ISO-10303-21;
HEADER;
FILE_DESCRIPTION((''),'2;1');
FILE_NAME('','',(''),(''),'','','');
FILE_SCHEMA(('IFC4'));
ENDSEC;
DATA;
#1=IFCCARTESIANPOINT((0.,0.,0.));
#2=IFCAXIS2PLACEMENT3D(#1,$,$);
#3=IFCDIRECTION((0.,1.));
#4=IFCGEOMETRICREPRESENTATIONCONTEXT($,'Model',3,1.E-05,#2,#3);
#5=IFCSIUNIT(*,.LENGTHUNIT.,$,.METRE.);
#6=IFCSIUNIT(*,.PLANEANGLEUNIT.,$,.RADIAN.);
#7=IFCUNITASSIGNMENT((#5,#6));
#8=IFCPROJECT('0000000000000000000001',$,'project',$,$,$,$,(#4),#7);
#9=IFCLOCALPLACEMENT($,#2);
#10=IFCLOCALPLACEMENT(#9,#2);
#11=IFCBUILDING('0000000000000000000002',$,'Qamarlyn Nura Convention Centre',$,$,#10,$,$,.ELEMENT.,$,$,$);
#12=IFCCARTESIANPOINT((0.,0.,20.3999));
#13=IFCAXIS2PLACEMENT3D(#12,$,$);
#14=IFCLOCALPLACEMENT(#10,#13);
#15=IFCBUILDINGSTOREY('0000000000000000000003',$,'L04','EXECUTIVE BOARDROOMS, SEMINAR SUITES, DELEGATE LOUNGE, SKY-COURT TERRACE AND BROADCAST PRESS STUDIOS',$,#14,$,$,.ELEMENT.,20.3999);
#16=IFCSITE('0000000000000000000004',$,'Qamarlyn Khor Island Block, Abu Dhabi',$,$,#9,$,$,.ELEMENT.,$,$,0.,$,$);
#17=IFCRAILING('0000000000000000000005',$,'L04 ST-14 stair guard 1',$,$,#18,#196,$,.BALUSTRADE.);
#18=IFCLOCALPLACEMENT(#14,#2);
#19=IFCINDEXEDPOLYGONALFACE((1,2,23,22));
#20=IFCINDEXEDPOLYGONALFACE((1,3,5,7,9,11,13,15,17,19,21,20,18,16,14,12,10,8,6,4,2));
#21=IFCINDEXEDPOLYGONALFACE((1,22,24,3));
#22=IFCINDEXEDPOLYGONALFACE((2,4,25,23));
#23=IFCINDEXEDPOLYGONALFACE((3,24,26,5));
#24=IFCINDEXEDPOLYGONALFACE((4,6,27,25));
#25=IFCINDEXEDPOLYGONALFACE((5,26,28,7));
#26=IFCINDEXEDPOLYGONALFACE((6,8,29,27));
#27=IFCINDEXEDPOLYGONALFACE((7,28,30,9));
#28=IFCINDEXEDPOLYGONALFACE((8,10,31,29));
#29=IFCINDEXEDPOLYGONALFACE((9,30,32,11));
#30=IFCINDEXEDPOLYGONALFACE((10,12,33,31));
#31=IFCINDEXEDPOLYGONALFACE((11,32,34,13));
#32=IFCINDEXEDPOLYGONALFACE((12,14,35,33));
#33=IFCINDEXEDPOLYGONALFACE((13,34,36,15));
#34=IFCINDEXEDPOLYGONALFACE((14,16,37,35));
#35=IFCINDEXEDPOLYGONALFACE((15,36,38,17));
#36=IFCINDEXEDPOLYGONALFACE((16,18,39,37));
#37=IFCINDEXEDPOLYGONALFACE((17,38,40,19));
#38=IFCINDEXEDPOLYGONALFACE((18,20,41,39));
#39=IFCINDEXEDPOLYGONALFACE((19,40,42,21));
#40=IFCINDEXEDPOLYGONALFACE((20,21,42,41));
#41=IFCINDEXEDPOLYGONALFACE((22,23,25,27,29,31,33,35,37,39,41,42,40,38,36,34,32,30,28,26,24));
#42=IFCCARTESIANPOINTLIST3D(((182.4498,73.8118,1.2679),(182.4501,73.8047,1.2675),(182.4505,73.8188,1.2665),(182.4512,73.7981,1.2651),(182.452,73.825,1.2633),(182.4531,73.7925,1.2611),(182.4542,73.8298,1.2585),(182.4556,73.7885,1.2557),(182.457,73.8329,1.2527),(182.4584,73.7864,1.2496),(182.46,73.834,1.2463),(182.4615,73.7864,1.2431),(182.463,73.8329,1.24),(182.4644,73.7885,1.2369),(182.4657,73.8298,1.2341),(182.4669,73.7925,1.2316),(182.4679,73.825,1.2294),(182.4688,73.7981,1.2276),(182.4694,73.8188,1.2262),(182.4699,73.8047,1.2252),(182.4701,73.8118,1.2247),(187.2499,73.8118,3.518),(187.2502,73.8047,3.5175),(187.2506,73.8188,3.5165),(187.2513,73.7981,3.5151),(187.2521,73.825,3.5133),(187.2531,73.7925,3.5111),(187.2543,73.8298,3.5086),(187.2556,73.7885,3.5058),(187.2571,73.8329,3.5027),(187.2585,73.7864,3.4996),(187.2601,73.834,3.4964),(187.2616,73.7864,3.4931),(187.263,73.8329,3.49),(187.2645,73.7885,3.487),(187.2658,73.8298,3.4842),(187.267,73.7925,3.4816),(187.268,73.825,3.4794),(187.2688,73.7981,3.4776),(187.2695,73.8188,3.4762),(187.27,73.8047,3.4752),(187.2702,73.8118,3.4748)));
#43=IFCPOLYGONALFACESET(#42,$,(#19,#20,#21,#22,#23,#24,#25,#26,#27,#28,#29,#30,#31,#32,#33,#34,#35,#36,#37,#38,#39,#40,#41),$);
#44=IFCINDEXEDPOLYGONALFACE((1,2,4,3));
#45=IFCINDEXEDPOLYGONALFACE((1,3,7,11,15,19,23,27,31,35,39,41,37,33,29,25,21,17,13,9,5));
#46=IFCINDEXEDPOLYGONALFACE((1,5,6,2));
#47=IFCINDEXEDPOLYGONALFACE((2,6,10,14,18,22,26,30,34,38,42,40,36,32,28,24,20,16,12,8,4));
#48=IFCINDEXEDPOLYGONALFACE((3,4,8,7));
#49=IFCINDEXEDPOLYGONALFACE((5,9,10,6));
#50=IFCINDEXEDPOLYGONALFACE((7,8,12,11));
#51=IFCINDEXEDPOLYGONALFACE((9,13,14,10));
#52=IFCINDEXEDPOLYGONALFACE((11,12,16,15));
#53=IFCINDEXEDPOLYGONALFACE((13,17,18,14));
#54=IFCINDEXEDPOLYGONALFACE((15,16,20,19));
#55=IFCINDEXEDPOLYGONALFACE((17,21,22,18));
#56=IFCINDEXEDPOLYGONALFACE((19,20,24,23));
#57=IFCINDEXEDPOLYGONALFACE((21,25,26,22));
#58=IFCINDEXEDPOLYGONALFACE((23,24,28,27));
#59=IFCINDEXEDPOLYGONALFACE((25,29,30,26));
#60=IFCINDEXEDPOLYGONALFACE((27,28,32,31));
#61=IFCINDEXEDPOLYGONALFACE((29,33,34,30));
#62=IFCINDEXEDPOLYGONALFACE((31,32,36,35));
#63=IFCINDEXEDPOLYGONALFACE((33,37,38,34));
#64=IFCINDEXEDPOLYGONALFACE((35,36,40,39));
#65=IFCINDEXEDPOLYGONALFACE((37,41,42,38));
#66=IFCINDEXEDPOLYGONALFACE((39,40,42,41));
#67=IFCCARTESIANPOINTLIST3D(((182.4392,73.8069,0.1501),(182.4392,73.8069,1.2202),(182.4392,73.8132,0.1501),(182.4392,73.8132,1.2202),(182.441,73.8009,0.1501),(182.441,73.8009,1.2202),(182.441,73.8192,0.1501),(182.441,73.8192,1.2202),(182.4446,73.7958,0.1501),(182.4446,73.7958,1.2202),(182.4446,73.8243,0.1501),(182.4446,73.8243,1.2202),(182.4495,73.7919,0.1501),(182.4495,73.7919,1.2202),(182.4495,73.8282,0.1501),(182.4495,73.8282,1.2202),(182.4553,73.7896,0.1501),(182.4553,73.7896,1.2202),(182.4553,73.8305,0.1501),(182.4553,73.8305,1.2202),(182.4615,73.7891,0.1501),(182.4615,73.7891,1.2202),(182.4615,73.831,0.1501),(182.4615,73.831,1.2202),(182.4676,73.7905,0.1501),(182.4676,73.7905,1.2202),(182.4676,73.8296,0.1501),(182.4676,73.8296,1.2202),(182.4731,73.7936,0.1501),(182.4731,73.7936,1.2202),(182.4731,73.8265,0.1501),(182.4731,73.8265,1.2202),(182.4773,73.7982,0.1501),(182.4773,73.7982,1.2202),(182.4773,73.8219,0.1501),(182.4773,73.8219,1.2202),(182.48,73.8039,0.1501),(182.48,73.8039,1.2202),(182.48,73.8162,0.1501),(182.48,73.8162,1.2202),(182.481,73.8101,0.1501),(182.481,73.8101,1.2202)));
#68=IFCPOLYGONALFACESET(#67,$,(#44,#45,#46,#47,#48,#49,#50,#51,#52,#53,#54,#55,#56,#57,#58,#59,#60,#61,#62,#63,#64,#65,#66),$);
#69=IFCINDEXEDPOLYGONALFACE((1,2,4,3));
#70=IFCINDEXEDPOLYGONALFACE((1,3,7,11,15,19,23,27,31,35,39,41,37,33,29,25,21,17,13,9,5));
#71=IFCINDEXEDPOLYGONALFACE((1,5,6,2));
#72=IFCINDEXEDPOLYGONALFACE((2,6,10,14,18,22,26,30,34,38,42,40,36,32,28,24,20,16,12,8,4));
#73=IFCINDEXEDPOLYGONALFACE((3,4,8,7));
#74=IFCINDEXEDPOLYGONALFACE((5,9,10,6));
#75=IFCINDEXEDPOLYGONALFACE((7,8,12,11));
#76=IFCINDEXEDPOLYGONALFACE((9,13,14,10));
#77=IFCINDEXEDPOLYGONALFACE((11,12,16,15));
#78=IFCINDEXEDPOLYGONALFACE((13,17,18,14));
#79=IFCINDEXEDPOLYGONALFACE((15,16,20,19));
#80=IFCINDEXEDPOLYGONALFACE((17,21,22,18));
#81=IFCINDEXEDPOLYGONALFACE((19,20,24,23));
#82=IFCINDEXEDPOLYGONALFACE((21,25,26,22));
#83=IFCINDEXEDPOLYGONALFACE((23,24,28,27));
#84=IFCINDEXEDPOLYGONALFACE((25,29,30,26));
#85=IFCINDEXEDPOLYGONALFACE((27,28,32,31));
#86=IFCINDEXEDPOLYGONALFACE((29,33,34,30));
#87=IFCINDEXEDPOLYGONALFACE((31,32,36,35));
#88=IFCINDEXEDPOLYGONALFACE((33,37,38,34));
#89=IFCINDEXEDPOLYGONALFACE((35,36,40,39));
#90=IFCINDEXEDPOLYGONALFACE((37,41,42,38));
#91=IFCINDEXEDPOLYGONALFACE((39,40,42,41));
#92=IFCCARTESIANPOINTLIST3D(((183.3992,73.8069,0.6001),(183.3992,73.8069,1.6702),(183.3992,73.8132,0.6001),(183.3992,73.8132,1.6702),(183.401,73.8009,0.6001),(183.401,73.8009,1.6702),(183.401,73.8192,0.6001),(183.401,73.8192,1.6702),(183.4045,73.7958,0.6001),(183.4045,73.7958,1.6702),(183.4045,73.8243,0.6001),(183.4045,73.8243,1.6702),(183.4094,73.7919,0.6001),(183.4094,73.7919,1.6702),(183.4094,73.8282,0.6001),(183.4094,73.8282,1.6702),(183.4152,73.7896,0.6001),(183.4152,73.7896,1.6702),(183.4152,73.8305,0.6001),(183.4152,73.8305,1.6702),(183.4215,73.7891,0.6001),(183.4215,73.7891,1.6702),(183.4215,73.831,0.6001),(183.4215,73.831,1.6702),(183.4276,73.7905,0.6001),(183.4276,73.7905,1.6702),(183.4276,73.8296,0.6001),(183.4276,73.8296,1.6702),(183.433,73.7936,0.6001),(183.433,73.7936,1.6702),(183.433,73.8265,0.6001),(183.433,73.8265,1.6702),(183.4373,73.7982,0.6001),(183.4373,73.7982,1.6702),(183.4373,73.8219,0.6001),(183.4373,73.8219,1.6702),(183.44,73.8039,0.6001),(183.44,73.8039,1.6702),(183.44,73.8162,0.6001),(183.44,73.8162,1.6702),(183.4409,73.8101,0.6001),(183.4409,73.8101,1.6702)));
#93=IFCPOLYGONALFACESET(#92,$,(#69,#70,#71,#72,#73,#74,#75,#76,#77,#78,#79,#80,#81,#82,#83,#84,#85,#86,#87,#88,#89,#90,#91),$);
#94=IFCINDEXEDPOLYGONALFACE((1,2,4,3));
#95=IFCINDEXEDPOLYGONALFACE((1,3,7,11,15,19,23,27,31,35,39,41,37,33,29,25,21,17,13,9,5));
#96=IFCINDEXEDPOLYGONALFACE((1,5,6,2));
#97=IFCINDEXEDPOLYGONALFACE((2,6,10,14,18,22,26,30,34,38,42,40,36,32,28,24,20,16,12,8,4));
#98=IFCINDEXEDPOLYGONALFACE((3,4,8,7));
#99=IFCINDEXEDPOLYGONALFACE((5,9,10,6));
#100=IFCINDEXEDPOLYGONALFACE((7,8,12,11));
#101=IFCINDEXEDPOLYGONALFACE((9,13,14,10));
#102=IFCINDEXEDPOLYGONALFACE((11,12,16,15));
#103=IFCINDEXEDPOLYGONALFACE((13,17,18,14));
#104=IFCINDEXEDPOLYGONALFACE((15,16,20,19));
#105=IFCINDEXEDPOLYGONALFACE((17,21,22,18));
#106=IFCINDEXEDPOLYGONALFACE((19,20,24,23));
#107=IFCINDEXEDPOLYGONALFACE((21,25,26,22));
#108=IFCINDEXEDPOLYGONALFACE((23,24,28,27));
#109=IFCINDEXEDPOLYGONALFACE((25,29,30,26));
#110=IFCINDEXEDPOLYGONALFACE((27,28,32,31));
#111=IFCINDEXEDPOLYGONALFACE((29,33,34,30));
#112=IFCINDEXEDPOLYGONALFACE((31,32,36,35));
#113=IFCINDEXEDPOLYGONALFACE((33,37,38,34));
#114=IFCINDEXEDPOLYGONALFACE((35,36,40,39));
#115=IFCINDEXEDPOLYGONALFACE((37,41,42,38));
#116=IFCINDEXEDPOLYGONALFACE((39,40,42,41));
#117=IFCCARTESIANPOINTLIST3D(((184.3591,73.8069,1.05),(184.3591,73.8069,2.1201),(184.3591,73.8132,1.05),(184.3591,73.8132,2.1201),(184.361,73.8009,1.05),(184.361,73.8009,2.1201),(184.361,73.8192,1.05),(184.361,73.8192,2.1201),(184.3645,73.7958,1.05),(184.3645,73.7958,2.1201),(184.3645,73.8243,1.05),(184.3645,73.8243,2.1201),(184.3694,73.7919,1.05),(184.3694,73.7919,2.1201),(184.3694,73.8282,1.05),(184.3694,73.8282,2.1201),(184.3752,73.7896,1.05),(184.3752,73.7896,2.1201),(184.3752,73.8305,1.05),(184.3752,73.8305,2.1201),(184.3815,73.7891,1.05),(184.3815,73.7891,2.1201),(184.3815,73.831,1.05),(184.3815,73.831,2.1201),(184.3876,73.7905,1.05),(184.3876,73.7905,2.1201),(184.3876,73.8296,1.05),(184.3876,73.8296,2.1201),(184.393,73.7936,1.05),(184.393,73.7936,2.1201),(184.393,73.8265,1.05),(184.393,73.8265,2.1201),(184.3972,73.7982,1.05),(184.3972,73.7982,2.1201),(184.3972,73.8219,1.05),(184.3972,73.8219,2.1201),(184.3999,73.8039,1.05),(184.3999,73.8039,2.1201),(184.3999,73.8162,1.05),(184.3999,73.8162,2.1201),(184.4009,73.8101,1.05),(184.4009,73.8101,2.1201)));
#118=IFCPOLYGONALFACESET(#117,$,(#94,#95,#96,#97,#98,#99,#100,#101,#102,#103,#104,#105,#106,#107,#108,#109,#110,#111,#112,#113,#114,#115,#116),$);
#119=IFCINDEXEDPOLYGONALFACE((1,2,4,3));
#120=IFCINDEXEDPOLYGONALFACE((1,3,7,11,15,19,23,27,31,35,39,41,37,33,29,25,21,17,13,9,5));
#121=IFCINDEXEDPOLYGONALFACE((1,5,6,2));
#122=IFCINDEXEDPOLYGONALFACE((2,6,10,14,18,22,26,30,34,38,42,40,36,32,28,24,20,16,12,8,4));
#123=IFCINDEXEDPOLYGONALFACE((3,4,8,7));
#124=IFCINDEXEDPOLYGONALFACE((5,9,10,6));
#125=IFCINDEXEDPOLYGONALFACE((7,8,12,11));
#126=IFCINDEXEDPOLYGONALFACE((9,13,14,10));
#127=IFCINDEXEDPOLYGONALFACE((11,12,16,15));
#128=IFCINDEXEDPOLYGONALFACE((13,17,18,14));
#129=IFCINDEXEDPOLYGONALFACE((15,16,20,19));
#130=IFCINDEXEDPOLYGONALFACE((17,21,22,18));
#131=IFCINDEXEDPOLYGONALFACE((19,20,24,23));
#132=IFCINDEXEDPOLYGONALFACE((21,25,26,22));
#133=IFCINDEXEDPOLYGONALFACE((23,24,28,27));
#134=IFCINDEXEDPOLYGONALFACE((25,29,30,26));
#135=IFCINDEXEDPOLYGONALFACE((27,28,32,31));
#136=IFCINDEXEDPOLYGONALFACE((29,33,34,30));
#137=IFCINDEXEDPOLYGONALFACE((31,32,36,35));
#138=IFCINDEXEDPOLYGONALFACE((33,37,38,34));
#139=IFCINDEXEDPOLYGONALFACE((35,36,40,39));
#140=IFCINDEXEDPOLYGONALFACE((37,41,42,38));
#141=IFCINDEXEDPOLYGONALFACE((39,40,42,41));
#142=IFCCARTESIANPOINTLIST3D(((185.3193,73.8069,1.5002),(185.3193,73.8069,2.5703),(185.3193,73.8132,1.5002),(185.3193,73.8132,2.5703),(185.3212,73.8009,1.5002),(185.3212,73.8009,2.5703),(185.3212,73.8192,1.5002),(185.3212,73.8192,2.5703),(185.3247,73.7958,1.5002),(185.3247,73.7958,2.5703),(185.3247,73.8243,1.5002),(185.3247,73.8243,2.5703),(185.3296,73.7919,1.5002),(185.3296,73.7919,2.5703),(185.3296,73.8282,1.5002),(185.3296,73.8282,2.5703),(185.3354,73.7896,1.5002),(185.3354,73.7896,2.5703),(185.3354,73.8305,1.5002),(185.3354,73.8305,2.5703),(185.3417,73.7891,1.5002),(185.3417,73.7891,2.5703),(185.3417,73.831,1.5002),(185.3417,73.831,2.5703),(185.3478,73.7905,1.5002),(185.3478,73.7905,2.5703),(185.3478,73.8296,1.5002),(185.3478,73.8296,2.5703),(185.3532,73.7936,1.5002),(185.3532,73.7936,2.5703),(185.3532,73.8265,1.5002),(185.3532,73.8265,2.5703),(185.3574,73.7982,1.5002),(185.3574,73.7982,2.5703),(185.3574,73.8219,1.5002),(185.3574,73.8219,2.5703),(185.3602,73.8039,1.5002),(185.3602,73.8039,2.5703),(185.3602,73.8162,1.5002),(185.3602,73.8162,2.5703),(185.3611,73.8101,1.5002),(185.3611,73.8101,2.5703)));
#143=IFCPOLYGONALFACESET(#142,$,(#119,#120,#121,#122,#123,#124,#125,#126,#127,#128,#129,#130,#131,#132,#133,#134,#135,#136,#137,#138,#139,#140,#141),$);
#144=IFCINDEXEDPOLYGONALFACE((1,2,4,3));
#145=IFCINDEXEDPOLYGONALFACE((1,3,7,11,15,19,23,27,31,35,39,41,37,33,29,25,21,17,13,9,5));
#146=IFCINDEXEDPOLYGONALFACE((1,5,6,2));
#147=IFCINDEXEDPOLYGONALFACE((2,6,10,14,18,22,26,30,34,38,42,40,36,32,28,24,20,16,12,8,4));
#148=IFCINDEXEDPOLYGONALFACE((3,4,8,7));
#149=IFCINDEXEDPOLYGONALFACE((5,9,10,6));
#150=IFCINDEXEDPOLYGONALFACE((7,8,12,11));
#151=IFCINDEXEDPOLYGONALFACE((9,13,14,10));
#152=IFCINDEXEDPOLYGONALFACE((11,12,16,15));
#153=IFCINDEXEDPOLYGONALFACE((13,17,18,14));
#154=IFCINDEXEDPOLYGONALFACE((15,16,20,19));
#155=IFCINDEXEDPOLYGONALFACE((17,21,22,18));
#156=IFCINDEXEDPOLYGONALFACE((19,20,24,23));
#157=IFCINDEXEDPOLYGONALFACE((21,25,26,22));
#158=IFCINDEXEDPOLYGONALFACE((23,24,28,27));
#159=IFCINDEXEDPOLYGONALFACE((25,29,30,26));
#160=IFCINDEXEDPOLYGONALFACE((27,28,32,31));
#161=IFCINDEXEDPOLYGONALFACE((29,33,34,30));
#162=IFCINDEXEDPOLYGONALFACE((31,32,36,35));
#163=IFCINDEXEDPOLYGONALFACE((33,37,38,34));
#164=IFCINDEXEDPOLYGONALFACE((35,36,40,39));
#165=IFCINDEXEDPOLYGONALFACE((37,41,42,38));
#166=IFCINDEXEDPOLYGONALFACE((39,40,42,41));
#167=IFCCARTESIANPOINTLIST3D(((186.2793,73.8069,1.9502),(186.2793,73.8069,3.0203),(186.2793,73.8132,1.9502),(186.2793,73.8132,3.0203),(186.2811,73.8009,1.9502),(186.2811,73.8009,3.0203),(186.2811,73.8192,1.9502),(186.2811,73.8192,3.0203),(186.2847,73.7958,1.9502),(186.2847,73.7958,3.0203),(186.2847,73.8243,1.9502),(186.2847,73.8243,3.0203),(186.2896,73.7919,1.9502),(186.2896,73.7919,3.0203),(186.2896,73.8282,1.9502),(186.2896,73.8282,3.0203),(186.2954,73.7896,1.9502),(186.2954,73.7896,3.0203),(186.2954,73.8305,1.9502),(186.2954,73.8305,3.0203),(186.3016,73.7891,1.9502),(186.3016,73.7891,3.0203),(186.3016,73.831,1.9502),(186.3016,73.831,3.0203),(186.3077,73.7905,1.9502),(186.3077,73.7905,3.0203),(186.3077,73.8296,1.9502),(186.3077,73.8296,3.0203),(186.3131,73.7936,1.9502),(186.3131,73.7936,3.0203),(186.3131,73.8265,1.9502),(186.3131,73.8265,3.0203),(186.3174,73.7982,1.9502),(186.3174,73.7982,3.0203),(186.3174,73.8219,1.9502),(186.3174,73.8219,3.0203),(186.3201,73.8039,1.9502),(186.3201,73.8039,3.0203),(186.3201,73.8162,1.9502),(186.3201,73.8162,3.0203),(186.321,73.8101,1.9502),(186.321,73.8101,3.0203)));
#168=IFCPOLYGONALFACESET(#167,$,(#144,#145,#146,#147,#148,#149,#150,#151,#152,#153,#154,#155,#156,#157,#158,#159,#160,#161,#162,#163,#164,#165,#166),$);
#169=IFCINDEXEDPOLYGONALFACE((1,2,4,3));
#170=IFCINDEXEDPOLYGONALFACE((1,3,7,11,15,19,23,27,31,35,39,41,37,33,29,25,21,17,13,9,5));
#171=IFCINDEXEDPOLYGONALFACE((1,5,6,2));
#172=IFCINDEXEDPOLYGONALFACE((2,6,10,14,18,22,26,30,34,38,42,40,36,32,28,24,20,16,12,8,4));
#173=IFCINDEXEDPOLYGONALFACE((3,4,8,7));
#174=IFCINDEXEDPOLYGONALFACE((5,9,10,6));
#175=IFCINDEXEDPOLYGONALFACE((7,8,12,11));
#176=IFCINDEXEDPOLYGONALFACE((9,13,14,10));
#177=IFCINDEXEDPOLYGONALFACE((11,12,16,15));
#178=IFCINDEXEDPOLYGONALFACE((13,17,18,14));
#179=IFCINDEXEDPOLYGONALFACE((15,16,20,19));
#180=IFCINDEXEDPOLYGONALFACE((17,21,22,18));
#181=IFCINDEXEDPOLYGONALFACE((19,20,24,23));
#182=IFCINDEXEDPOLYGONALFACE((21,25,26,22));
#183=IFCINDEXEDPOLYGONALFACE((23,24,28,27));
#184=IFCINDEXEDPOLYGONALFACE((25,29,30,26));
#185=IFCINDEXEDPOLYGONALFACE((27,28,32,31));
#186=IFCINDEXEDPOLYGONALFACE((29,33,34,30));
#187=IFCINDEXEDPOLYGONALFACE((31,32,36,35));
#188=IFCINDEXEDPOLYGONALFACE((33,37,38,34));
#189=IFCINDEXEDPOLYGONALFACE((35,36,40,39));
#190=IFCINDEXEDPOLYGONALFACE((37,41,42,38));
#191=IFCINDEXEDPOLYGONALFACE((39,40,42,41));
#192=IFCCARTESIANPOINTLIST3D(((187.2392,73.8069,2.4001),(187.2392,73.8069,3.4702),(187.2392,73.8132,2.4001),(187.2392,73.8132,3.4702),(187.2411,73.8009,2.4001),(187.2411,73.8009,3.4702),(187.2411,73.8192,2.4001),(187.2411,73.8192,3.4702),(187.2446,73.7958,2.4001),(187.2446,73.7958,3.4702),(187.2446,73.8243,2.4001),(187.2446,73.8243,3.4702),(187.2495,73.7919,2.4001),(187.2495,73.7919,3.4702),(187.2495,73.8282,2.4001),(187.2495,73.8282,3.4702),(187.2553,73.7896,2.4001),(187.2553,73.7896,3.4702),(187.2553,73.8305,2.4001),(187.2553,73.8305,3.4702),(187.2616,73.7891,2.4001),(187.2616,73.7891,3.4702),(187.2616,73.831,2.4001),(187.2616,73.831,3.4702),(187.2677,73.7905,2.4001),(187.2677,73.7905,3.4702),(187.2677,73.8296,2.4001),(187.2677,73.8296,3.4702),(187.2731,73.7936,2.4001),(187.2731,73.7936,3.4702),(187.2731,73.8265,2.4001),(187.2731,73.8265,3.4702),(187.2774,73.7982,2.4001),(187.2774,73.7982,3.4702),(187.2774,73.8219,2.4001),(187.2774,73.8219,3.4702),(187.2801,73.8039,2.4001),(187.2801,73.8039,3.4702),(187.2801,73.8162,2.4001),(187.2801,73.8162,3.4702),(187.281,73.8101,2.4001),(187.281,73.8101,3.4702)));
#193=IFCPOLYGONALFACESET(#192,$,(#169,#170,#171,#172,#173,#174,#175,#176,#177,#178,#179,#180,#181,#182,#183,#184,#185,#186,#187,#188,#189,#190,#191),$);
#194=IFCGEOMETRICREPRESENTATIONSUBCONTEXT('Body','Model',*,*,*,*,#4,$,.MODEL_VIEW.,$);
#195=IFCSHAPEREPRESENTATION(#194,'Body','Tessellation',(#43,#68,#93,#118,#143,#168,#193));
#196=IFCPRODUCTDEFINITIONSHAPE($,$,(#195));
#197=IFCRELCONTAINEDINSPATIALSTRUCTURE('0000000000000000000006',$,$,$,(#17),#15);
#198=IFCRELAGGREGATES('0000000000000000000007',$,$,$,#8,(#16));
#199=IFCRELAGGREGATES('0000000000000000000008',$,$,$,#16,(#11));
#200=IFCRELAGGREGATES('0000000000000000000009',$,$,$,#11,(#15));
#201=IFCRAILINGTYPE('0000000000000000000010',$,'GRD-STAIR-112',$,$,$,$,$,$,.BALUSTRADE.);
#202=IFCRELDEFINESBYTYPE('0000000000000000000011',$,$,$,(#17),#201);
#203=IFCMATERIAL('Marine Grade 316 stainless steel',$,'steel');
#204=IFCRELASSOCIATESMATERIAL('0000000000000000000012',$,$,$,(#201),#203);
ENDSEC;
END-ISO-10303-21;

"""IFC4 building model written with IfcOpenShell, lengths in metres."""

from ifc_helpers import new_model, si_unit, direction, frame, origin, origin_2d, place, context, subcontext, project, spatial, circle, extrude, material, type_object, element, save


model = new_model("IFC4")

# Units and contexts
model_context = context("Model", 3, precision=1e-05, world=origin(), true_north=direction((0.0, 1.0)))
body_context = subcontext(model_context, "Body", "Model", "MODEL_VIEW")
ifc_project = project(units=[si_unit("LENGTHUNIT", "METRE"), si_unit("PLANEANGLEUNIT", "RADIAN")], contexts=[model_context])

# Site, building, storey
site_placement = place(None, origin())
site = spatial("IfcSite", under=ifc_project, at=site_placement, Name="Qamarlyn Khor Island Block, Abu Dhabi", CompositionType="ELEMENT", RefElevation=0.0)
building_placement = place(site_placement, origin())
building = spatial("IfcBuilding", under=site, at=building_placement, Name="Qamarlyn Nura Convention Centre", CompositionType="ELEMENT")
storey_placement = place(building_placement, frame((0.0, 0.0, 20.3999)))
storey = spatial("IfcBuildingStorey", under=building, at=storey_placement, Name="L04", Description="EXECUTIVE BOARDROOMS, SEMINAR SUITES, DELEGATE LOUNGE, SKY-COURT TERRACE AND BROADCAST PRESS STUDIOS", CompositionType="ELEMENT", Elevation=20.3999)

# Railing
ifc_material_1 = material(Name="Marine Grade 316 stainless steel", Category="steel")
railing_type = type_object("IfcRailingType", Name="GRD-STAIR-112", PredefinedType="BALUSTRADE", material=ifc_material_1)
railing_1_placement = place(storey_placement, frame((182.46, 73.8101, 0.1501)))
element("IfcRailing", 1, at=railing_1_placement, inside=storey, type_object=railing_type, Name="L04 ST-14 stair guard 1", PredefinedType="BALUSTRADE", context=body_context, shape_type="SweptSolid", body=[
    extrude(circle(Radius=0.0239, at=origin_2d()), frame((0.0, 0.0, 1.0962), z_axis=(0.905461, 0.0, 0.42443), x_axis=(0.0, 1.0, 0.0)), (0.0, 0.0, 1.0), 5.3013),
    extrude(circle(Radius=0.021, at=origin_2d()), origin(), (0.0, 0.0, 1.0), 1.0701),
    extrude(circle(Radius=0.021, at=origin_2d()), frame((0.96, 0.0, 0.45)), (0.0, 0.0, 1.0), 1.0701),
    extrude(circle(Radius=0.021, at=origin_2d()), frame((1.9199, 0.0, 0.8999)), (0.0, 0.0, 1.0), 1.0701),
    extrude(circle(Radius=0.021, at=origin_2d()), frame((2.8801, 0.0, 1.3501)), (0.0, 0.0, 1.0), 1.0701),
    extrude(circle(Radius=0.021, at=origin_2d()), frame((3.8401, 0.0, 1.8)), (0.0, 0.0, 1.0), 1.0701),
    extrude(circle(Radius=0.021, at=origin_2d()), frame((4.8, 0.0, 2.25)), (0.0, 0.0, 1.0), 1.0701),
])

save(model, "model.ifc")
